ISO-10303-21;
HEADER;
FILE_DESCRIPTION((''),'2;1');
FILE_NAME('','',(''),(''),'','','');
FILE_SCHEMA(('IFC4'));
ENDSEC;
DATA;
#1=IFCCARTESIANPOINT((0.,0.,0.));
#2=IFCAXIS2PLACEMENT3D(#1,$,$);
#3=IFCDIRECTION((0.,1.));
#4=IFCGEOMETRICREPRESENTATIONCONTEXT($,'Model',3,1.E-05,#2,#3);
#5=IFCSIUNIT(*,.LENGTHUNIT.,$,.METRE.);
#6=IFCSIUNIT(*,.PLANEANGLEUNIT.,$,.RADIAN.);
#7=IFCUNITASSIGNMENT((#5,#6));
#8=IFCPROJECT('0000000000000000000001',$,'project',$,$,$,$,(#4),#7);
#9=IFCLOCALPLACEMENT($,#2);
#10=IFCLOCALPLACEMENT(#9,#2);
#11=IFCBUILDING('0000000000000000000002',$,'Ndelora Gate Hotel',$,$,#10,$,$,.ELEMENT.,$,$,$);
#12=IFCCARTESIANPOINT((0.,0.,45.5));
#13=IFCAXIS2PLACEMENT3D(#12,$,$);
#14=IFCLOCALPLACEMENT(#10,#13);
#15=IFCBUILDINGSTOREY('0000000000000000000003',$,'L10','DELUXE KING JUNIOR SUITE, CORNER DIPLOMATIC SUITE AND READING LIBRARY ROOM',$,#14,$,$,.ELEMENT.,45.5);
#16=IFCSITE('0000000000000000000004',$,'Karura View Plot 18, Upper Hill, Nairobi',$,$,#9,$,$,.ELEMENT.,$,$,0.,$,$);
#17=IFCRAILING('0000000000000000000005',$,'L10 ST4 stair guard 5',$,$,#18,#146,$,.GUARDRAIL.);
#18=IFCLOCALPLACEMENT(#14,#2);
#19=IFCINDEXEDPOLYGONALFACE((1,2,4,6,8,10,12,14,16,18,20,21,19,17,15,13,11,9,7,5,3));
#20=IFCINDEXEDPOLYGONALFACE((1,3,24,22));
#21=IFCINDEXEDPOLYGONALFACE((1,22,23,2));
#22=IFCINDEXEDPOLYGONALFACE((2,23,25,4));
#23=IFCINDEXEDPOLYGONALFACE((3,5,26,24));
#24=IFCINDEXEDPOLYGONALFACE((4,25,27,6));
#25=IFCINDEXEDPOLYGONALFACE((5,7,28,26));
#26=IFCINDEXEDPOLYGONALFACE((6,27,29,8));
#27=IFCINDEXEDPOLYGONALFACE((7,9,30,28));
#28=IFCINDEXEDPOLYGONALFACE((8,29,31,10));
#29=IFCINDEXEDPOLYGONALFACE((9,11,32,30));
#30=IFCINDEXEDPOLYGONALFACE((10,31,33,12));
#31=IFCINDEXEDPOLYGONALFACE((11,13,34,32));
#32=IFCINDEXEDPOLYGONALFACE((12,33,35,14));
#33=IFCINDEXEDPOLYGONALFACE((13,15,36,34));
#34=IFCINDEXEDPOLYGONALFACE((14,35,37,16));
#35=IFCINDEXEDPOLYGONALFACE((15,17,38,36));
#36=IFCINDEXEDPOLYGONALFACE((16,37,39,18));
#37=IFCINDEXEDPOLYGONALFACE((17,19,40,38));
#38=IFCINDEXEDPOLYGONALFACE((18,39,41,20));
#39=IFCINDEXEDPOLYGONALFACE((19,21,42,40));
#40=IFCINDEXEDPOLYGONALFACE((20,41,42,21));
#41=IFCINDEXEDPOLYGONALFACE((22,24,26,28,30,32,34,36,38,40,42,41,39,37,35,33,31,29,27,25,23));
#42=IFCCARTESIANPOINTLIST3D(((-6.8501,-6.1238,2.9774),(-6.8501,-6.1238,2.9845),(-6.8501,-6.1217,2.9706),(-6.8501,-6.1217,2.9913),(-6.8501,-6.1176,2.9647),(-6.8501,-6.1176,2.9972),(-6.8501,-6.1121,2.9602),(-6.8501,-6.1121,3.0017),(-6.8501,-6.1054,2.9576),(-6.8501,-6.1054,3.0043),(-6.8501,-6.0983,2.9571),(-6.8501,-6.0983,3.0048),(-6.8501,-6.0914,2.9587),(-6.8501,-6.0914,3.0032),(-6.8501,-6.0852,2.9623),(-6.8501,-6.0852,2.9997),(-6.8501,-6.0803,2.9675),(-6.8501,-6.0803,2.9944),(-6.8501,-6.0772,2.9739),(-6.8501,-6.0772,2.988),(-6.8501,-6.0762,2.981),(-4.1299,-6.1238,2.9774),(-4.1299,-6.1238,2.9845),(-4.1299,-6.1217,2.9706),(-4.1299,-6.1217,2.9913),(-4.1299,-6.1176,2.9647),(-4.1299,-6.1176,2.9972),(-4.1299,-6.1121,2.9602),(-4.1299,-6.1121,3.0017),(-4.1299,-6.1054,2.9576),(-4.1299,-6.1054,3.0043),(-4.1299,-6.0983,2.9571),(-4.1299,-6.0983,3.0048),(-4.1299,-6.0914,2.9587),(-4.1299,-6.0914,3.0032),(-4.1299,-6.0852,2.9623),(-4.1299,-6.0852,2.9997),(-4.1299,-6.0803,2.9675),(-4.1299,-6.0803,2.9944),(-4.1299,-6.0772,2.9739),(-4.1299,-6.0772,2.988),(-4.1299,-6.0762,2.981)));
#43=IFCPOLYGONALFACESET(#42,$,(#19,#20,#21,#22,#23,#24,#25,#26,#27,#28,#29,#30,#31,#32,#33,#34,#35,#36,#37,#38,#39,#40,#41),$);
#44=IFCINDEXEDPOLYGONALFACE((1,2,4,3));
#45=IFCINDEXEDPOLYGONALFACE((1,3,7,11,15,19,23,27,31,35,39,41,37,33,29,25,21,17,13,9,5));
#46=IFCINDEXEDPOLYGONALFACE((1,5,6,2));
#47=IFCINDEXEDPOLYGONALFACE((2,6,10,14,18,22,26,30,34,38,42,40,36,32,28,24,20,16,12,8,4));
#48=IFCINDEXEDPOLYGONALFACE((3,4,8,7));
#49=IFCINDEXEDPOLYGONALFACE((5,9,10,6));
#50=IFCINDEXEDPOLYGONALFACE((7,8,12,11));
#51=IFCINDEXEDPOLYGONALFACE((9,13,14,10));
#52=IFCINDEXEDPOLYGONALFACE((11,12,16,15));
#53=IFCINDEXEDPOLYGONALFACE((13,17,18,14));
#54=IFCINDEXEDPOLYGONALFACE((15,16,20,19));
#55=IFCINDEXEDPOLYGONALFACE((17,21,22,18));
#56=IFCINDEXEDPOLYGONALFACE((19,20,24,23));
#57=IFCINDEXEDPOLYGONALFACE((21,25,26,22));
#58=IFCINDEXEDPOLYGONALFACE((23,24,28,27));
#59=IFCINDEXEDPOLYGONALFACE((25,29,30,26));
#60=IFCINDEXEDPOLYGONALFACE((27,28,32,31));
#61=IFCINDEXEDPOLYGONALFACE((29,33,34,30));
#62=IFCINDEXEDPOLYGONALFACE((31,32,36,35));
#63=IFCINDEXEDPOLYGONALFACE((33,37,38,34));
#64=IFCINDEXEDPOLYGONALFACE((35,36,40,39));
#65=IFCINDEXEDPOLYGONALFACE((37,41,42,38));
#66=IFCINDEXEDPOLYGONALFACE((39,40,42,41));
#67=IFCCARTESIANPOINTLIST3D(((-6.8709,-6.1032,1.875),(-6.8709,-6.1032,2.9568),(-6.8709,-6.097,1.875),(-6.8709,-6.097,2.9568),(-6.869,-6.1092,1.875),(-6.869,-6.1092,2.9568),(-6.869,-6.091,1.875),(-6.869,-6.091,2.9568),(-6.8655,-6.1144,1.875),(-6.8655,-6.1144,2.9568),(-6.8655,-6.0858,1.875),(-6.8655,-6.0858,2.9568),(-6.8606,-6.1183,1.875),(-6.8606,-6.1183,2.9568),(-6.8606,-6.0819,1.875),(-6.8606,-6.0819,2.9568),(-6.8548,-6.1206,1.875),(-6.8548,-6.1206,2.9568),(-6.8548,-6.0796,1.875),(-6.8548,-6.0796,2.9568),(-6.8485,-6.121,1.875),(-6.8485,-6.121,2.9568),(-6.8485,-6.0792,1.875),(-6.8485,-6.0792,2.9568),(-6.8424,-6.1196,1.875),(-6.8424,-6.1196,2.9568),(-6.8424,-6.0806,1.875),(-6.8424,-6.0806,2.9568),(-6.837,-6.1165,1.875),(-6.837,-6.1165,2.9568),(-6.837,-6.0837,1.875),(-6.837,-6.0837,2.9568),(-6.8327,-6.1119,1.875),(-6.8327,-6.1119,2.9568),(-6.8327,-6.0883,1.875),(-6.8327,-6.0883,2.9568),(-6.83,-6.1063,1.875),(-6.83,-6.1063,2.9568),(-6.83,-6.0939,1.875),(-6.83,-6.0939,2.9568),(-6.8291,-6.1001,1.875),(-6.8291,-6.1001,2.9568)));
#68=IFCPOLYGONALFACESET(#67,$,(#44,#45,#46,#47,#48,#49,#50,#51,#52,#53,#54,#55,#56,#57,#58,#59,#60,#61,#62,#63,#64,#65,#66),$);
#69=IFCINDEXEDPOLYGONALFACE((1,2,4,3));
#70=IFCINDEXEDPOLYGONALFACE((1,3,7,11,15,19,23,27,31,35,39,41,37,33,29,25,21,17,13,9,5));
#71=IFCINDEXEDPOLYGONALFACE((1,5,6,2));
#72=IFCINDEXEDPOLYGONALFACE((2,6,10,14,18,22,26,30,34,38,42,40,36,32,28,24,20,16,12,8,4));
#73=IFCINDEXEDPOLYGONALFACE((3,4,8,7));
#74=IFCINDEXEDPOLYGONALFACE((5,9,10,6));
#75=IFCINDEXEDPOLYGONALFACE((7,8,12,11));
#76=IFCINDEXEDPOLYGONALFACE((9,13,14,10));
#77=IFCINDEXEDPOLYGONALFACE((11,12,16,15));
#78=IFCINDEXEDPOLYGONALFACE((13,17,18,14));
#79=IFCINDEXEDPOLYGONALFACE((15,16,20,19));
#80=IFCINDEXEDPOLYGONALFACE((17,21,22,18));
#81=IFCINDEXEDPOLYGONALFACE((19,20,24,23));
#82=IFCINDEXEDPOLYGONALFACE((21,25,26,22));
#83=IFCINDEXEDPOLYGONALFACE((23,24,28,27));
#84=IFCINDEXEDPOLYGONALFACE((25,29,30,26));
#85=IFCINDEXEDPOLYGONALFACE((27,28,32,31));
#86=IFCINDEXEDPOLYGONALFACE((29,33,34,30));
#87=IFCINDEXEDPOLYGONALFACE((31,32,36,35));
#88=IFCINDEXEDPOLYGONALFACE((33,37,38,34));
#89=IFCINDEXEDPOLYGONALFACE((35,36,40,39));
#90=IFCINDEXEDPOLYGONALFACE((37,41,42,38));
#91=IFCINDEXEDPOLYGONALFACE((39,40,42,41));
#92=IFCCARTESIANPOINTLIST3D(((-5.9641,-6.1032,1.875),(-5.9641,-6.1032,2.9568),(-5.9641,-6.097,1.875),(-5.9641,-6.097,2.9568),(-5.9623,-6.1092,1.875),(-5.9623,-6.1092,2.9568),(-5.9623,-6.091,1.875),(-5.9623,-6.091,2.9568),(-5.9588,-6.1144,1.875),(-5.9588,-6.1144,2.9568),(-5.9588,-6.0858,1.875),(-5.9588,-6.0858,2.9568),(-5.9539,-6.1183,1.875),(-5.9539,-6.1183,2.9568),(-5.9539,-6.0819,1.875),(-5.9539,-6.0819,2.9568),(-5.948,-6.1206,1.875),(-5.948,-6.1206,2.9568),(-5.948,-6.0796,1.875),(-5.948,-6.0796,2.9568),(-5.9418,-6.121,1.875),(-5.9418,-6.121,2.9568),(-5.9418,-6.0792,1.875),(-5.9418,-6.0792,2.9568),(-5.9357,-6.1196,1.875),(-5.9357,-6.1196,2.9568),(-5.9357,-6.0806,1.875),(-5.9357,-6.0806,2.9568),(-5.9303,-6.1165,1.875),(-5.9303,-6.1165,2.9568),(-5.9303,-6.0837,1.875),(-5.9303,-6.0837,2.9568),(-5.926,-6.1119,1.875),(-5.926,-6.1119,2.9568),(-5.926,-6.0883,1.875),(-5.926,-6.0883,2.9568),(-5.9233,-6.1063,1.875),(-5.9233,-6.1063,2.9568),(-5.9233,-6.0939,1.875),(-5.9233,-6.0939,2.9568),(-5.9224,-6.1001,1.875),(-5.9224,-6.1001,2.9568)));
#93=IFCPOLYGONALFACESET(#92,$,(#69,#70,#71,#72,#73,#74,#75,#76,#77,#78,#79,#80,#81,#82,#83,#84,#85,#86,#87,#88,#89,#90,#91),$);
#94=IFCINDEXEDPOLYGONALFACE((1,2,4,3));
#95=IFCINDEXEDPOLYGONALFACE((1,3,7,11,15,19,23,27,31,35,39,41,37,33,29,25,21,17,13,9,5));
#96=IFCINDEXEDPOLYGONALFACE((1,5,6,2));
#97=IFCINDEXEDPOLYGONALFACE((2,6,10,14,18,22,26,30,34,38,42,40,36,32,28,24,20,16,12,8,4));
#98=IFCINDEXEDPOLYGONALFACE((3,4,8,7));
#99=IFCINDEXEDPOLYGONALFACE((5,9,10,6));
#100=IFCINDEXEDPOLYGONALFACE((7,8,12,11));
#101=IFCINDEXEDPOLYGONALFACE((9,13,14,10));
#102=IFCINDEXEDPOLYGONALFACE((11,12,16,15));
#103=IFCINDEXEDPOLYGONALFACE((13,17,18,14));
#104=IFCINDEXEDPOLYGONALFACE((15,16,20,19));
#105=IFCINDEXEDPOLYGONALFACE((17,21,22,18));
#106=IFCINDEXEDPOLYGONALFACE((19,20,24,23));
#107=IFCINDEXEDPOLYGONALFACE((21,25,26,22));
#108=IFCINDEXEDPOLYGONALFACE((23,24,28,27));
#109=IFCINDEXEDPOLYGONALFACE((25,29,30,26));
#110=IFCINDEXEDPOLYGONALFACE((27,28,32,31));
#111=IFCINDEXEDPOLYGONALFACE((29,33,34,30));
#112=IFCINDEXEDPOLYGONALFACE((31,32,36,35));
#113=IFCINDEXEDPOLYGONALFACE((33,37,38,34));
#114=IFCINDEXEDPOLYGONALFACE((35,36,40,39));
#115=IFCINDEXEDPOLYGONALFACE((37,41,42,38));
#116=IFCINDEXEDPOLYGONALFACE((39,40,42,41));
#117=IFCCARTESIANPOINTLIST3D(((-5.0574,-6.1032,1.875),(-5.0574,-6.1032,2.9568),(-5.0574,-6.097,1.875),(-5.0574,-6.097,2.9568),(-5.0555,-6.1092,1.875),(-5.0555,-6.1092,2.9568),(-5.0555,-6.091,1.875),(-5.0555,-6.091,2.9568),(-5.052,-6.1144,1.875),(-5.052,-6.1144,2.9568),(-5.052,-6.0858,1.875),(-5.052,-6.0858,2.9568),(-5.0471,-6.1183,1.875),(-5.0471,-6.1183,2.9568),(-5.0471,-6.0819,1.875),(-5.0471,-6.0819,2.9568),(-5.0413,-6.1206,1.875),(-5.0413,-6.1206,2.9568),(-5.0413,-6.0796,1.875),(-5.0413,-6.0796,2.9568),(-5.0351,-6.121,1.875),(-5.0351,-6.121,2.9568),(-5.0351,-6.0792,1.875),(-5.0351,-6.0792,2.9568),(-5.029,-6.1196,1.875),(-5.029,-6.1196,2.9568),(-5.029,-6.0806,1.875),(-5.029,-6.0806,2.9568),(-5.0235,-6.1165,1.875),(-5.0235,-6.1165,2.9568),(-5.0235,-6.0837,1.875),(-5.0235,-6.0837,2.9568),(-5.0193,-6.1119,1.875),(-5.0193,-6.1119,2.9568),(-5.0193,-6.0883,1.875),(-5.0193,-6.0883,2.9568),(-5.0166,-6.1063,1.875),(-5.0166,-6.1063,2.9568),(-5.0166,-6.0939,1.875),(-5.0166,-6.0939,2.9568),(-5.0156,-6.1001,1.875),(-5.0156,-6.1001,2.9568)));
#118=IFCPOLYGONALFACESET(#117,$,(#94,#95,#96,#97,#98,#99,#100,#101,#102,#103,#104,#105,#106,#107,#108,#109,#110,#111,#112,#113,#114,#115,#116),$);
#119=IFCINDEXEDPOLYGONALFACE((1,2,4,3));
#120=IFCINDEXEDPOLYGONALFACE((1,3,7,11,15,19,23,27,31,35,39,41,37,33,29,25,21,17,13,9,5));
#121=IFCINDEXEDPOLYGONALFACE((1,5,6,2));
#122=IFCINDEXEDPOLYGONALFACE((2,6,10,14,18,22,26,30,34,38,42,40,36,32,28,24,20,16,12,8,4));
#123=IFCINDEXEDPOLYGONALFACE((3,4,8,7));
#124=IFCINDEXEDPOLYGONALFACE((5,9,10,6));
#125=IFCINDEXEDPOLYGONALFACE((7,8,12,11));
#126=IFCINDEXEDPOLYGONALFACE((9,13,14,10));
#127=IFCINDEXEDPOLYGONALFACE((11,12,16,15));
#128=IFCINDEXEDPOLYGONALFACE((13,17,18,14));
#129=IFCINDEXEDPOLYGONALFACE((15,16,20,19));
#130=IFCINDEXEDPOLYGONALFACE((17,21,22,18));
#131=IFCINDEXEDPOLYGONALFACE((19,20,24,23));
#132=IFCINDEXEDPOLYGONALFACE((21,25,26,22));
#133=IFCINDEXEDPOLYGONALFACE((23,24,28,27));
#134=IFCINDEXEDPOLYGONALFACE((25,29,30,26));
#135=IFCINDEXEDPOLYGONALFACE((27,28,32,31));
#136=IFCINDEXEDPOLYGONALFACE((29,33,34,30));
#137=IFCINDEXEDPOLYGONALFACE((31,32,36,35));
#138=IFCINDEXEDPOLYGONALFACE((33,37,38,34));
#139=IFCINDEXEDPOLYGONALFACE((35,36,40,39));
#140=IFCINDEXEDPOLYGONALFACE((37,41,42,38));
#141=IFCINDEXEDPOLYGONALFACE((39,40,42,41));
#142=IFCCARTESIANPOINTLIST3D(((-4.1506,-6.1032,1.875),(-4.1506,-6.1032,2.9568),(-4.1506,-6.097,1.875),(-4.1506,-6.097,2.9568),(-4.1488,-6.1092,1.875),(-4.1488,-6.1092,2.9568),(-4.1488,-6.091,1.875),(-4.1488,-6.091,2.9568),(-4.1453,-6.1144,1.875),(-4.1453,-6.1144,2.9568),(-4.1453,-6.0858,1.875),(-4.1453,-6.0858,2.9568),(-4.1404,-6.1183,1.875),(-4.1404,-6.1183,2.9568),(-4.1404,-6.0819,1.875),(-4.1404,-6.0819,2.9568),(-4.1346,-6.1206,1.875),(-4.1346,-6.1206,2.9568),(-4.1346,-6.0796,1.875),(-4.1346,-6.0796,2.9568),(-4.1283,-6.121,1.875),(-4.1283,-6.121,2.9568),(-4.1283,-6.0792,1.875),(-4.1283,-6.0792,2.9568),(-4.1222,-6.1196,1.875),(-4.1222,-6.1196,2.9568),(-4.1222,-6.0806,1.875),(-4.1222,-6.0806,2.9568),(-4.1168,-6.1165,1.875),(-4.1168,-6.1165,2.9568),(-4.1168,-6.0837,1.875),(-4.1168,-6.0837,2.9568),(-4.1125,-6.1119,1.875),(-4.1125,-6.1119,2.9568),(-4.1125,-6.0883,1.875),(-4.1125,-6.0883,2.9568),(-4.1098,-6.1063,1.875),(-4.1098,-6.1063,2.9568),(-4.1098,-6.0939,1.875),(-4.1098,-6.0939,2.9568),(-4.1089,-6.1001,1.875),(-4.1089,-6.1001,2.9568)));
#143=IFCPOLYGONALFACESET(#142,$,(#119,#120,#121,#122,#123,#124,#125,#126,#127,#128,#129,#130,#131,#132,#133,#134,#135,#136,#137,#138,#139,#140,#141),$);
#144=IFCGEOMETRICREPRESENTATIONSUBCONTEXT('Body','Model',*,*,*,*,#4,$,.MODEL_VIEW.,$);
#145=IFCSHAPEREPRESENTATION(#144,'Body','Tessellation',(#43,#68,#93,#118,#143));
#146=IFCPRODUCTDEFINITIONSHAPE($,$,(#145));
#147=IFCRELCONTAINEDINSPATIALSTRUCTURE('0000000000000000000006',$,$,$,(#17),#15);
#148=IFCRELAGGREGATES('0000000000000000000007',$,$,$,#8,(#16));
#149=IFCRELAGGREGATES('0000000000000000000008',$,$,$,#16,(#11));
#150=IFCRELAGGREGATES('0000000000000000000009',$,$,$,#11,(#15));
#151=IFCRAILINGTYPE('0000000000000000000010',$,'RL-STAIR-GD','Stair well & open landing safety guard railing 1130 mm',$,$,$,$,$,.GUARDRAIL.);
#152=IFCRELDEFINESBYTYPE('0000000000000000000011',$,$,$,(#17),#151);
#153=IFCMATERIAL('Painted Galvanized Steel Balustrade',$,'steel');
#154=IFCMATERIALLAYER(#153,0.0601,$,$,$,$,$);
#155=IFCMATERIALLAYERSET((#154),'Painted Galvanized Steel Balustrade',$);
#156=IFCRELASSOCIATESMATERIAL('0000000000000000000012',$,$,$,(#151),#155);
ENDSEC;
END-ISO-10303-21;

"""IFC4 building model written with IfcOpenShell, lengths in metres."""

from ifc_helpers import new_model, si_unit, direction, frame, origin, origin_2d, place, context, subcontext, project, spatial, circle, extrude, material, layer, layer_set, type_object, element, save


model = new_model("IFC4")

# Units and contexts
model_context = context("Model", 3, precision=1e-05, world=origin(), true_north=direction((0.0, 1.0)))
body_context = subcontext(model_context, "Body", "Model", "MODEL_VIEW")
ifc_project = project(units=[si_unit("LENGTHUNIT", "METRE"), si_unit("PLANEANGLEUNIT", "RADIAN")], contexts=[model_context])

# Site, building, storey
site_placement = place(None, origin())
site = spatial("IfcSite", under=ifc_project, at=site_placement, Name="Karura View Plot 18, Upper Hill, Nairobi", CompositionType="ELEMENT", RefElevation=0.0)
building_placement = place(site_placement, origin())
building = spatial("IfcBuilding", under=site, at=building_placement, Name="Ndelora Gate Hotel", CompositionType="ELEMENT")
storey_placement = place(building_placement, frame((0.0, 0.0, 45.5)))
storey = spatial("IfcBuildingStorey", under=building, at=storey_placement, Name="L10", Description="DELUXE KING JUNIOR SUITE, CORNER DIPLOMATIC SUITE AND READING LIBRARY ROOM", CompositionType="ELEMENT", Elevation=45.5)

# Railing
ifc_material_1 = material(Name="Painted Galvanized Steel Balustrade", Category="steel")
ifc_layer_1 = layer(ifc_material_1, 0.0601)
ifc_layer_set_1 = layer_set([ifc_layer_1], Name="Painted Galvanized Steel Balustrade")
railing_type = type_object("IfcRailingType", Name="RL-STAIR-GD", Description="Stair well & open landing safety guard railing 1130 mm", PredefinedType="GUARDRAIL", material=ifc_layer_set_1)
railing_1_placement = place(storey_placement, frame((-6.8501, -6.1001, 1.875)))
element("IfcRailing", 1, at=railing_1_placement, inside=storey, type_object=railing_type, Name="L10 ST4 stair guard 5", PredefinedType="GUARDRAIL", context=body_context, shape_type="SweptSolid", body=[
    extrude(circle(Radius=0.0239, at=origin_2d()), frame((0.0, 0.0, 1.106), z_axis=(1.0, 0.0, 0.0), x_axis=(0.0, 1.0, 0.0)), (0.0, 0.0, 1.0), 2.7202),
    extrude(circle(Radius=0.021, at=origin_2d()), origin(), (0.0, 0.0, 1.0), 1.0818),
    extrude(circle(Radius=0.021, at=origin_2d()), frame((0.9067, 0.0, 0.0)), (0.0, 0.0, 1.0), 1.0818),
    extrude(circle(Radius=0.021, at=origin_2d()), frame((1.8135, 0.0, 0.0)), (0.0, 0.0, 1.0), 1.0818),
    extrude(circle(Radius=0.021, at=origin_2d()), frame((2.7202, 0.0, 0.0)), (0.0, 0.0, 1.0), 1.0818),
])

save(model, "model.ifc")
